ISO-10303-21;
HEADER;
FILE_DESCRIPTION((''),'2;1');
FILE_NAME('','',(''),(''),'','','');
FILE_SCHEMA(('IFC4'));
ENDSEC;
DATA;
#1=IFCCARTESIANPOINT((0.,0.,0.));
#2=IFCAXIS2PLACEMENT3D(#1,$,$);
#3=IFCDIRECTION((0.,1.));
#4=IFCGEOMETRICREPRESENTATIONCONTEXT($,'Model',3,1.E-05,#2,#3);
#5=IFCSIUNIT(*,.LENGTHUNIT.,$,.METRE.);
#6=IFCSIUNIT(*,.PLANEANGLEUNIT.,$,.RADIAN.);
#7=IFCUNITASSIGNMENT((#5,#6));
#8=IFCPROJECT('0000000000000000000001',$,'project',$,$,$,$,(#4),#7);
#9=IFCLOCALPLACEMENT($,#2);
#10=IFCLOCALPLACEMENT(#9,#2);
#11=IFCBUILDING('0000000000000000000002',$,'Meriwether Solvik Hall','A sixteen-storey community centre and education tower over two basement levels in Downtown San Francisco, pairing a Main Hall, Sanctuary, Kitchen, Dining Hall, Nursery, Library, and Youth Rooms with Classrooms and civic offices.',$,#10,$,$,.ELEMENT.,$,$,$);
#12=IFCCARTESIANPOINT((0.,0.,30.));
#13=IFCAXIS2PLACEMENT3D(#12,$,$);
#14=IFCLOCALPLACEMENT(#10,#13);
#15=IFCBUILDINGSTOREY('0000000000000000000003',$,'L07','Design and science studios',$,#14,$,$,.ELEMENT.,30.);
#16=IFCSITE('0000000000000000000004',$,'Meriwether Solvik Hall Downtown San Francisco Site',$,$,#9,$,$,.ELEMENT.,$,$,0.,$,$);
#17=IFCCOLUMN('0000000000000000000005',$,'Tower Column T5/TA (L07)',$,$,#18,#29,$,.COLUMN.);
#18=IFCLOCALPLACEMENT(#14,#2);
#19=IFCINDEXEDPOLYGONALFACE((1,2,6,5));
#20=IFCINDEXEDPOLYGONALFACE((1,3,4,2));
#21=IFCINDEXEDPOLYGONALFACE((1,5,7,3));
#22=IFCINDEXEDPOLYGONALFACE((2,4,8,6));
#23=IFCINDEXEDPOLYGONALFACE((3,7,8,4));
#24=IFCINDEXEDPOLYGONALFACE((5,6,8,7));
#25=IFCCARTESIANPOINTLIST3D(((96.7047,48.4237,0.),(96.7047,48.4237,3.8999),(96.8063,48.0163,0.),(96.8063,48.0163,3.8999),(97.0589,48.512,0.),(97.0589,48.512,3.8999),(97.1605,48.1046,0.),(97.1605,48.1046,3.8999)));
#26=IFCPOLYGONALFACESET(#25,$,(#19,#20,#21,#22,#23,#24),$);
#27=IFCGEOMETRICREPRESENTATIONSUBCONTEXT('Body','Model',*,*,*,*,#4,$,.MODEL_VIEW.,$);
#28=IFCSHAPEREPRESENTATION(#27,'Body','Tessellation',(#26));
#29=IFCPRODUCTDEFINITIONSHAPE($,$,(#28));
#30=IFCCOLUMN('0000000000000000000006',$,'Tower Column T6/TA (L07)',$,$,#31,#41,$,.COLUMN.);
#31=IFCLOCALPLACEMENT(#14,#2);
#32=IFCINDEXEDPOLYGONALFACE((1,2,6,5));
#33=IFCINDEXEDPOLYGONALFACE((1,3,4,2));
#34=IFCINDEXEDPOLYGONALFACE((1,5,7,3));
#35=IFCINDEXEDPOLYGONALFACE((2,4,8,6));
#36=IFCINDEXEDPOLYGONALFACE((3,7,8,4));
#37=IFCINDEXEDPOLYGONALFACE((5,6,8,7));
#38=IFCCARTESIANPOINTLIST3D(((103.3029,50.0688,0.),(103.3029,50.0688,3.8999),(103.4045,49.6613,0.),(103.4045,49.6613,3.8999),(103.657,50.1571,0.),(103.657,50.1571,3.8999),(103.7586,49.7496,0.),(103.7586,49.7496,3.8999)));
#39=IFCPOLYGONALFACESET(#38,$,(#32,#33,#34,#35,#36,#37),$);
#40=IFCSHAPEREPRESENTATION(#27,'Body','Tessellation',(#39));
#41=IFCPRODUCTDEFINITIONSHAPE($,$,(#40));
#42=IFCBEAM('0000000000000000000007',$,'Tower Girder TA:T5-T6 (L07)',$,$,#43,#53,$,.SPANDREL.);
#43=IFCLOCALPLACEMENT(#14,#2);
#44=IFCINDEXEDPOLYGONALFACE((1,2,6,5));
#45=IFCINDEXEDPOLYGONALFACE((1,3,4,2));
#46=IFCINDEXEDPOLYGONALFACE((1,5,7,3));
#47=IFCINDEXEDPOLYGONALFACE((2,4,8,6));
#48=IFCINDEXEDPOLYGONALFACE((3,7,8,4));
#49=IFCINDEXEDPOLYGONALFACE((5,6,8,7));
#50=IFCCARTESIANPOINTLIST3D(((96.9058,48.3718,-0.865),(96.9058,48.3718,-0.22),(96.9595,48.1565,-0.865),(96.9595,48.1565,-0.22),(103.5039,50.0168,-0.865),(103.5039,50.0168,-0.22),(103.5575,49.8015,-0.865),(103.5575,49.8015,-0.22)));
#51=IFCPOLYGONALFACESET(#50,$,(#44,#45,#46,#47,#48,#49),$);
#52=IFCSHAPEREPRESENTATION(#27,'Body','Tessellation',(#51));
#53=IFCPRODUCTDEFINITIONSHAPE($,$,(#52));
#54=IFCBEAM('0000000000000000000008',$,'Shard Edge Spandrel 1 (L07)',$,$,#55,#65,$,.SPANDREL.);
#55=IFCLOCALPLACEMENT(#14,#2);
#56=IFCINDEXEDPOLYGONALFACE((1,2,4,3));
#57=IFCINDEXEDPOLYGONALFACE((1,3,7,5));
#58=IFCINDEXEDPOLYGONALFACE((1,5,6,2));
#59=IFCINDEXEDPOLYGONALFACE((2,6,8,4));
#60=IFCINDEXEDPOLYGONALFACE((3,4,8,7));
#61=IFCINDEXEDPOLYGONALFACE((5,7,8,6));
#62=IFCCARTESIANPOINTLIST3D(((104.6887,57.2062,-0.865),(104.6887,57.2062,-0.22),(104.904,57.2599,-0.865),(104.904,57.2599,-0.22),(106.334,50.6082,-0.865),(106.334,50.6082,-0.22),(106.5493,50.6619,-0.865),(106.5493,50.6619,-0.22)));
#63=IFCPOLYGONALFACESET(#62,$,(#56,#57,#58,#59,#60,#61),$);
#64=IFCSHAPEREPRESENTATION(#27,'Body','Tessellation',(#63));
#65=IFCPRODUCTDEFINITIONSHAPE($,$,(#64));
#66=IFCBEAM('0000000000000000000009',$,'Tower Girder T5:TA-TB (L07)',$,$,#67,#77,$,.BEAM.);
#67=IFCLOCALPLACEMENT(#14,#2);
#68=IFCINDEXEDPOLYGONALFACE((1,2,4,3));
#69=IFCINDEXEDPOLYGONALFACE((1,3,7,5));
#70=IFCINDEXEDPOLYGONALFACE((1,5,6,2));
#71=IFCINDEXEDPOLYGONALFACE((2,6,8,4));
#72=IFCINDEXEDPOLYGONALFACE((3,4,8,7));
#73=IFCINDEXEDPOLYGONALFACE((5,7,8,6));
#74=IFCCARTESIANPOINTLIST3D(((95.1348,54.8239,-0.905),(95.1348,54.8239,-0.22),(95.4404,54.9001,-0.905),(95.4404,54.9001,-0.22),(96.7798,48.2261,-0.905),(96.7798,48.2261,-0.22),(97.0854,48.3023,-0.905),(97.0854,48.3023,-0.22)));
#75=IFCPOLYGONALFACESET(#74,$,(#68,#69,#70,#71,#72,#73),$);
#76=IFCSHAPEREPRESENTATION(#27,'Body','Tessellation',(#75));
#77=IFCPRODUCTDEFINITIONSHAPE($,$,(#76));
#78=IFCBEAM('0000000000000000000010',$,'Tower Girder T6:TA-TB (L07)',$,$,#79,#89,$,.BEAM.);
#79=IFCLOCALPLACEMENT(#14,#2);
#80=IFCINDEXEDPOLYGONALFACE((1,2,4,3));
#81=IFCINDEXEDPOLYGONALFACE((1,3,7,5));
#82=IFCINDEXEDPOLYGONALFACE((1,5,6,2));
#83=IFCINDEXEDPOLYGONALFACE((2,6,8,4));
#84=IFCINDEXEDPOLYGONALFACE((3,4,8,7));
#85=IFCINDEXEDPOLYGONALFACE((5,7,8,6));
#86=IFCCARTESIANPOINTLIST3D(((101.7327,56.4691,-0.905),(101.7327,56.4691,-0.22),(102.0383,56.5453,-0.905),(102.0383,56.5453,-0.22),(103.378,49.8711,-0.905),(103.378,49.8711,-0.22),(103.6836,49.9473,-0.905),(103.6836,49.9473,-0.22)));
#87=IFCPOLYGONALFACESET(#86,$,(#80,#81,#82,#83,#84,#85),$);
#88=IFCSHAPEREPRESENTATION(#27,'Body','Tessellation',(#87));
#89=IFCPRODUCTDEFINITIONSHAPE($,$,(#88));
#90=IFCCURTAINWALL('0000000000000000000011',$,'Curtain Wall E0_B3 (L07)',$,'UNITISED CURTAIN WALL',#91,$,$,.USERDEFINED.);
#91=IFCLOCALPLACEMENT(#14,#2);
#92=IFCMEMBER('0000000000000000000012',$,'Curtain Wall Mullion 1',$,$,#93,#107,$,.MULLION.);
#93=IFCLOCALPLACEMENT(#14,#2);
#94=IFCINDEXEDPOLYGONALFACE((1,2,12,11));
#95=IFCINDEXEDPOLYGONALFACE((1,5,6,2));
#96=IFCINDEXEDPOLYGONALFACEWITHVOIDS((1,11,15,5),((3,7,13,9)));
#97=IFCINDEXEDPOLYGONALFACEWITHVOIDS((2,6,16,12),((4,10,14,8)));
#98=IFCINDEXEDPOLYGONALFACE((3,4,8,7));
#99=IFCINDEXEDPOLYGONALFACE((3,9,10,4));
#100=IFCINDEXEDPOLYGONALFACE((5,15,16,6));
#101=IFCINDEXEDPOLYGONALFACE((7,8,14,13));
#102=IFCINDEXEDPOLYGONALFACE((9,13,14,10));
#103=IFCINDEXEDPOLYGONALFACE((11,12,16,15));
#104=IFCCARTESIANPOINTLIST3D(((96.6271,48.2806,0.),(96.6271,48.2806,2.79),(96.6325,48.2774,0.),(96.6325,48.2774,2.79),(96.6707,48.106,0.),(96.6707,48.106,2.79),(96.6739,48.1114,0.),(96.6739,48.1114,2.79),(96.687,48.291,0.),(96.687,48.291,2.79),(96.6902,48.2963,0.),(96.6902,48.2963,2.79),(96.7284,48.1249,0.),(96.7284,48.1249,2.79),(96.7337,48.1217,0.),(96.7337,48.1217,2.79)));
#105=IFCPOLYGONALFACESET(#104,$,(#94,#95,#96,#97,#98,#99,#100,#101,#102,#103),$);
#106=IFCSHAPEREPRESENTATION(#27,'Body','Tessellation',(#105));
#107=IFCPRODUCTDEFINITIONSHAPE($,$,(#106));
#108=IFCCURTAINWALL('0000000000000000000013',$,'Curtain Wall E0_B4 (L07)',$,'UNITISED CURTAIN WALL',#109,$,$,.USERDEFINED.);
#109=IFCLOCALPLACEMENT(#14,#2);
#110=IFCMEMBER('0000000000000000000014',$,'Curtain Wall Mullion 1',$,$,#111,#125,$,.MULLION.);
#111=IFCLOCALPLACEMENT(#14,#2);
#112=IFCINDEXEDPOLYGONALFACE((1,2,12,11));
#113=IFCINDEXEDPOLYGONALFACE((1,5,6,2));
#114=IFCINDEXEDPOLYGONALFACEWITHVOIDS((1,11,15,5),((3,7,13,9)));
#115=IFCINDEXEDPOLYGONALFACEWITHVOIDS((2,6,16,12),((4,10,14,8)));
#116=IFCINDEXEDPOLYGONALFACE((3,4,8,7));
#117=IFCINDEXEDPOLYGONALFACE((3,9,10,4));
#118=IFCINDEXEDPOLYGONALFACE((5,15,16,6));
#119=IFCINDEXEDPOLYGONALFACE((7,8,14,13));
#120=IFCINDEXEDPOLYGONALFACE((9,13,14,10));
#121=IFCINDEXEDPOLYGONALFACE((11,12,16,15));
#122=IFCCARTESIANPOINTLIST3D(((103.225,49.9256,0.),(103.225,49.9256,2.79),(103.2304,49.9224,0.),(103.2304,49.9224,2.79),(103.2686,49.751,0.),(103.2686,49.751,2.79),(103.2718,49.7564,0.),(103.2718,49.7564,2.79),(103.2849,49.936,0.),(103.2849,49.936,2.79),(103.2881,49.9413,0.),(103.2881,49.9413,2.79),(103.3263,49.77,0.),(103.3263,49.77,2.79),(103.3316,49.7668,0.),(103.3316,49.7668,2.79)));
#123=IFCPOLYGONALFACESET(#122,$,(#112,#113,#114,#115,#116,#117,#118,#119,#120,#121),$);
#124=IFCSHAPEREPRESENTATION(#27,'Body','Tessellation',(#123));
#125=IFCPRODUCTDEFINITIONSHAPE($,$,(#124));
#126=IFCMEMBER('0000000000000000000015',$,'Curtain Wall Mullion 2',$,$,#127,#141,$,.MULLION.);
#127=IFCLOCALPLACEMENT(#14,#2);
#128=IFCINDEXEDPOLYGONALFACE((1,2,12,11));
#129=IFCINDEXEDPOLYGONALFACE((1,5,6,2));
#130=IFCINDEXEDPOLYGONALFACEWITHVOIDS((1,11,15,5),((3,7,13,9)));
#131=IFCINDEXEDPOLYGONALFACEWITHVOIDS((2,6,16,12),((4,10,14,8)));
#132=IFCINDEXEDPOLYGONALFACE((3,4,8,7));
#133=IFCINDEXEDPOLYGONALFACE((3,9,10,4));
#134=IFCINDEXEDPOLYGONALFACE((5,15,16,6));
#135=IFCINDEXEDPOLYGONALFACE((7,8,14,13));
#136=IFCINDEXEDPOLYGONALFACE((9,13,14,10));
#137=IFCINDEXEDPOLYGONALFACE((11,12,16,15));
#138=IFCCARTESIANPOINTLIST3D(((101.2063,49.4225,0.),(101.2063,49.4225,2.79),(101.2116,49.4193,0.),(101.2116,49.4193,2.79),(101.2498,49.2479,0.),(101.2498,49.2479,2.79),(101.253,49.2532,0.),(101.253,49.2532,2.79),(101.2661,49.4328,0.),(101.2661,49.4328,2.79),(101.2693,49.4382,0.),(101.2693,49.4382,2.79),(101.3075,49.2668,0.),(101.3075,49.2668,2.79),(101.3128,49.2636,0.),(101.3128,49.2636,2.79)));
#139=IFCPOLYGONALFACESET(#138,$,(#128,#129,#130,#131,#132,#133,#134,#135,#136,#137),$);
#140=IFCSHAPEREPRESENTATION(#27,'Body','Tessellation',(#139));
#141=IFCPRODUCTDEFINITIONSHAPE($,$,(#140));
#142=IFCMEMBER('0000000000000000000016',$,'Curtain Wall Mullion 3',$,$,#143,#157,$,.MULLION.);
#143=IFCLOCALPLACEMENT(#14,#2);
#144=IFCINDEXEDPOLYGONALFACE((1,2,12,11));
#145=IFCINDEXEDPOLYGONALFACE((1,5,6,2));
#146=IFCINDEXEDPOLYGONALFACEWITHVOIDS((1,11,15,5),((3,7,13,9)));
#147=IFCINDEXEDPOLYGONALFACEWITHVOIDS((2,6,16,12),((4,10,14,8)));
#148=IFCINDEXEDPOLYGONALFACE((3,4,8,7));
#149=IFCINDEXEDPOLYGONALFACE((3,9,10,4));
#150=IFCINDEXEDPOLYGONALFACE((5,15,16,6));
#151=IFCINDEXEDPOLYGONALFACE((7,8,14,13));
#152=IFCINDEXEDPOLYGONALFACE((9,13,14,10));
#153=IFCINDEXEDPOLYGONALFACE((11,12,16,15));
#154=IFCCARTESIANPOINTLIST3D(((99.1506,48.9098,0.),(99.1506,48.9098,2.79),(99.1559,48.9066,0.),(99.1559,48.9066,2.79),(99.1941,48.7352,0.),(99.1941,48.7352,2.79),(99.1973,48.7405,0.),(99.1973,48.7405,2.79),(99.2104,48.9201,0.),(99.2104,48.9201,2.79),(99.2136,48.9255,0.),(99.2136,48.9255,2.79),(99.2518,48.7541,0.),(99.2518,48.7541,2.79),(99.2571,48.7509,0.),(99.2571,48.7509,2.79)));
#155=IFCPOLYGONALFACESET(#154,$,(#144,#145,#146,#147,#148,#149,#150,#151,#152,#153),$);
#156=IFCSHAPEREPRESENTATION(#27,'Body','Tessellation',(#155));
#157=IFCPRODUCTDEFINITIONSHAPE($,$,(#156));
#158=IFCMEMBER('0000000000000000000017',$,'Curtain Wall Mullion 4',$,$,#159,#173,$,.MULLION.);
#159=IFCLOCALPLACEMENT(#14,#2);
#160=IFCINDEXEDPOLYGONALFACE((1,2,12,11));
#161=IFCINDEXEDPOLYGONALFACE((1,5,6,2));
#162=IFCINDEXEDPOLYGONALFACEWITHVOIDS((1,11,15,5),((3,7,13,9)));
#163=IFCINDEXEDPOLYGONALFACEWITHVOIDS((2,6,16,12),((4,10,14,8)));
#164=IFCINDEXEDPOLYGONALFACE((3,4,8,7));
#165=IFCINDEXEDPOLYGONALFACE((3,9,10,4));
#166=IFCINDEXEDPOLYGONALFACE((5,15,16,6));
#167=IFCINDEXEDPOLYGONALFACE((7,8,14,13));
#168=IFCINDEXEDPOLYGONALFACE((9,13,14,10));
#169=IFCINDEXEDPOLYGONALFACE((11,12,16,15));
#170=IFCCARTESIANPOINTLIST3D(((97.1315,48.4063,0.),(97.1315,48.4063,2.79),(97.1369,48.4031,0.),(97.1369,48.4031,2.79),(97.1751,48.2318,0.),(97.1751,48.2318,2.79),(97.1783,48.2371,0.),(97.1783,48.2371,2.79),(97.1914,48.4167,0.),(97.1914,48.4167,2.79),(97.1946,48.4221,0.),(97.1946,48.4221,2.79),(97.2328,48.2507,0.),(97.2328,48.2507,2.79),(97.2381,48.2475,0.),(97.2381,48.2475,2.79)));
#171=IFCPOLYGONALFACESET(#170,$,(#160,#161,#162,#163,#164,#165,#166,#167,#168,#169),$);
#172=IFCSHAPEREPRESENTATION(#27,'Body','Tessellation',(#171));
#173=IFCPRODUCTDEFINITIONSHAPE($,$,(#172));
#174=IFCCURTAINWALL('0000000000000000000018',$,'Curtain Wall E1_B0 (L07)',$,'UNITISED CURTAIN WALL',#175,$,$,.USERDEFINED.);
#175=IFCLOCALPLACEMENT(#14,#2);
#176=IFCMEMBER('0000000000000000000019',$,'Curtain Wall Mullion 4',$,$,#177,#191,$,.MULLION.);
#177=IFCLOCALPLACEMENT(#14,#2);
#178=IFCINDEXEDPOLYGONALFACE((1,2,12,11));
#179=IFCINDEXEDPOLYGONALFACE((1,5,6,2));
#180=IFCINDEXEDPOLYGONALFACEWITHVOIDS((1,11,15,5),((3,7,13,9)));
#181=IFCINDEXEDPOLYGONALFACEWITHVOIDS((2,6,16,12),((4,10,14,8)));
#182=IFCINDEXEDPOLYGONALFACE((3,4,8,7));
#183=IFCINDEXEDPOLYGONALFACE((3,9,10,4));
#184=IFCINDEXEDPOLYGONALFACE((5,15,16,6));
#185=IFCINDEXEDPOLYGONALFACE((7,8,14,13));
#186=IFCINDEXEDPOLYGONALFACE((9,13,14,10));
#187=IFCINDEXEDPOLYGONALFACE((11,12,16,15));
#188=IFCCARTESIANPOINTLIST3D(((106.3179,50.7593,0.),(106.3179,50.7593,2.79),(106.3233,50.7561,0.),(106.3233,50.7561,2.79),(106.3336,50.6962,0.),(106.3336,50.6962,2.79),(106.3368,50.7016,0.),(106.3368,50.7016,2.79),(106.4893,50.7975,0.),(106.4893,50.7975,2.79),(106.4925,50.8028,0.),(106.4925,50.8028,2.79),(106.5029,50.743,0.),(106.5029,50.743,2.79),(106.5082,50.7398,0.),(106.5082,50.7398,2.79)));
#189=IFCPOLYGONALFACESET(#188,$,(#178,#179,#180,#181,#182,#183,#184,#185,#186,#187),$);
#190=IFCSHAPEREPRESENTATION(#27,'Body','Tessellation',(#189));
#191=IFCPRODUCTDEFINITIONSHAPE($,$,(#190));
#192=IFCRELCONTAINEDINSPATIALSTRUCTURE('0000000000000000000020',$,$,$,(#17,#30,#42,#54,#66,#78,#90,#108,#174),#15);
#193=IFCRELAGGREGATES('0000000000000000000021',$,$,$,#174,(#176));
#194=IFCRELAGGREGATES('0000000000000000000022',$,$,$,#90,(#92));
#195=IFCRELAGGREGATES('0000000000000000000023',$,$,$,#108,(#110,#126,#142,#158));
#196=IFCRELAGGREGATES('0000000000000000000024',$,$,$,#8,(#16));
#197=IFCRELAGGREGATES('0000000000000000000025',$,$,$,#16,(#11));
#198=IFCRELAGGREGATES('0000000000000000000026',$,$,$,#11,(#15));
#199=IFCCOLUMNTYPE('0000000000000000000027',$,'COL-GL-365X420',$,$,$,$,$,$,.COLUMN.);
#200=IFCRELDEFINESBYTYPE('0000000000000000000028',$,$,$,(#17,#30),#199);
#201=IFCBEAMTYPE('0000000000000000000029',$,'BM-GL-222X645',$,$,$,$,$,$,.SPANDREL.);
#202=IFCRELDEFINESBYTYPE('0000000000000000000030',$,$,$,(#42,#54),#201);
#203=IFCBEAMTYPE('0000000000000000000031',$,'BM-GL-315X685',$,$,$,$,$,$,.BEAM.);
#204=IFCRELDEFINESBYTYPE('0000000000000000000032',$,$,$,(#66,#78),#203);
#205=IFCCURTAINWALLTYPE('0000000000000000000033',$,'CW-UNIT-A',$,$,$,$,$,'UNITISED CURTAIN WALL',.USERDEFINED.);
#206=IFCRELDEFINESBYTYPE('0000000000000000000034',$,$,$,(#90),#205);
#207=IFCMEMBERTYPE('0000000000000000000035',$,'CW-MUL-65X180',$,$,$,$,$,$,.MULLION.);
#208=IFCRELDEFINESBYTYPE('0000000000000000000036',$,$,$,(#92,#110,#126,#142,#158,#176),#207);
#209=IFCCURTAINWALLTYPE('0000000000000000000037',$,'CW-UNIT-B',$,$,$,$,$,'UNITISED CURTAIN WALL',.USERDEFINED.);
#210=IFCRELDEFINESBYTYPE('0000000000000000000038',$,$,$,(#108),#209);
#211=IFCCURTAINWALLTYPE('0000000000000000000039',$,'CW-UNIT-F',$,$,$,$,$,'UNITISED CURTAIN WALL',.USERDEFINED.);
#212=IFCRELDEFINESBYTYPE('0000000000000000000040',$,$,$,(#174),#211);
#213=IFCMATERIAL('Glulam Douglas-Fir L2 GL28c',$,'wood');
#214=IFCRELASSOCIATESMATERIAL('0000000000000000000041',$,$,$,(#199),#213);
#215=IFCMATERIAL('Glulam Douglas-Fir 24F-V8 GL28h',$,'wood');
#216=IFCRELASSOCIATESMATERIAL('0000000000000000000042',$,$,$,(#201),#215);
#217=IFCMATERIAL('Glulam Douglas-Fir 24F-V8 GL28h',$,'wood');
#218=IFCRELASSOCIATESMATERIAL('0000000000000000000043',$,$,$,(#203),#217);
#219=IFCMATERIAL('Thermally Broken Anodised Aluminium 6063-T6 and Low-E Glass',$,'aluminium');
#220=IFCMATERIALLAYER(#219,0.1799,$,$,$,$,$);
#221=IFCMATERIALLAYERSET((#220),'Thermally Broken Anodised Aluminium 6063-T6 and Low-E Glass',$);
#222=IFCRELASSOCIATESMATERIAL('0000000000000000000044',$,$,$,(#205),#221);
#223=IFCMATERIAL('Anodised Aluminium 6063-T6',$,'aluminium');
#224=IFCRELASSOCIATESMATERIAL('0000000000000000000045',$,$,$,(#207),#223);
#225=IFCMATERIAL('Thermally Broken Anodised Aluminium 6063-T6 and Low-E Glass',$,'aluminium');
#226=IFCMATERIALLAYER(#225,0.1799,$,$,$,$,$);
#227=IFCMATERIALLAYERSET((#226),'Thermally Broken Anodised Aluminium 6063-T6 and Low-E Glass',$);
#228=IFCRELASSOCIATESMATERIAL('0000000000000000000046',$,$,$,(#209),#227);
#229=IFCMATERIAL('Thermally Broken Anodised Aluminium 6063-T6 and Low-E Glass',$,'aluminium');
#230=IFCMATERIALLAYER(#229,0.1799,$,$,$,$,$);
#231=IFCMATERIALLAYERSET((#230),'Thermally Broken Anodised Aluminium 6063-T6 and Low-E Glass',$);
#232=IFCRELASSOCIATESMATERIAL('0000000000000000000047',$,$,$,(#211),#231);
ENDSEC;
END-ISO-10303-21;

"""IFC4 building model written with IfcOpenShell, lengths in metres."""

from ifc_helpers import new_model, si_unit, direction, frame, origin, origin_2d, place, context, subcontext, project, spatial, rectangle, hollow_rectangle, extrude, material, layer, layer_set, material_profile, profile_set, type_object, element, aggregate, save


model = new_model("IFC4")

# Units and contexts
model_context = context("Model", 3, precision=1e-05, world=origin(), true_north=direction((0.0, 1.0)))
body_context = subcontext(model_context, "Body", "Model", "MODEL_VIEW")
ifc_project = project(units=[si_unit("LENGTHUNIT", "METRE"), si_unit("PLANEANGLEUNIT", "RADIAN")], contexts=[model_context])

# Site, building, storey
site_placement = place(None, origin())
site = spatial("IfcSite", under=ifc_project, at=site_placement, Name="Meriwether Solvik Hall Downtown San Francisco Site", CompositionType="ELEMENT", RefElevation=0.0)
building_placement = place(site_placement, origin())
building = spatial("IfcBuilding", under=site, at=building_placement, Name="Meriwether Solvik Hall", Description="A sixteen-storey community centre and education tower over two basement levels in Downtown San Francisco, pairing a Main Hall, Sanctuary, Kitchen, Dining Hall, Nursery, Library, and Youth Rooms with Classrooms and civic offices.", CompositionType="ELEMENT")
storey_placement = place(building_placement, frame((0.0, 0.0, 30.0)))
storey = spatial("IfcBuildingStorey", under=building, at=storey_placement, Name="L07", Description="Design and science studios", CompositionType="ELEMENT", Elevation=30.0)

# Columns
ifc_material_1 = material(Name="Glulam Douglas-Fir L2 GL28c", Category="wood")
ifc_material_profile_1 = material_profile(ifc_material_1, rectangle(XDim=0.365, YDim=0.4199, at=origin_2d()), Name="GLC-365X420")
ifc_profile_set_1 = profile_set([ifc_material_profile_1], Name="Glulam Douglas-Fir L2 GL28c")
column_type = type_object("IfcColumnType", Name="COL-GL-365X420", PredefinedType="COLUMN", material=ifc_profile_set_1)
for number, where, z_axis, x_axis, name in (
    (1, (96.9326, 48.2642, 0.0), (0.0, 0.0, 1.0), (0.970296, 0.241922, 0.0), "Tower Column T5/TA (L07)"),
    (2, (103.5308, 49.9092, 0.0), (0.0, 0.0, 1.0), (0.970296, 0.241922, 0.0), "Tower Column T6/TA (L07)"),
):
    element("IfcColumn", number, at=place(storey_placement, frame(where, z_axis=z_axis, x_axis=x_axis)), inside=storey, type_object=column_type, Name=name, PredefinedType="COLUMN", context=body_context, shape_type="SweptSolid", body=[
        extrude(rectangle(XDim=0.365, YDim=0.4199, at=origin_2d()), origin(), (0.0, 0.0, 1.0), 3.8999),
    ])

# Beams
ifc_material_2 = material(Name="Glulam Douglas-Fir 24F-V8 GL28h", Category="wood")
ifc_material_profile_2 = material_profile(ifc_material_2, rectangle(XDim=0.2219, YDim=0.645, at=origin_2d()), Name="GLB-222X645")
ifc_profile_set_2 = profile_set([ifc_material_profile_2], Name="Glulam Douglas-Fir 24F-V8 GL28h")
beam_type_1 = type_object("IfcBeamType", Name="BM-GL-222X645", PredefinedType="SPANDREL", material=ifc_profile_set_2)
for number, where, z_axis, x_axis, name in (
    (3, (96.9326, 48.2642, -0.5425), (0.970299, 0.24191, 0.0), (-0.24191, 0.970299, 0.0), "Tower Girder TA:T5-T6 (L07)"),
    (4, (106.4417, 50.635, -0.5425), (-0.241953, 0.970288, 0.0), (-0.970288, -0.241953, 0.0), "Shard Edge Spandrel 1 (L07)"),
):
    element("IfcBeam", number, at=place(storey_placement, frame(where, z_axis=z_axis, x_axis=x_axis)), inside=storey, type_object=beam_type_1, Name=name, PredefinedType="SPANDREL", context=body_context, shape_type="SweptSolid", body=[
        extrude(rectangle(XDim=0.2219, YDim=0.645, at=origin_2d()), origin(), (0.0, 0.0, 1.0), 6.8),
    ])
ifc_material_3 = material(Name="Glulam Douglas-Fir 24F-V8 GL28h", Category="wood")
ifc_material_profile_3 = material_profile(ifc_material_3, rectangle(XDim=0.3149, YDim=0.6851, at=origin_2d()), Name="GLB-315X685")
ifc_profile_set_3 = profile_set([ifc_material_profile_3], Name="Glulam Douglas-Fir 24F-V8 GL28h")
beam_type_2 = type_object("IfcBeamType", Name="BM-GL-315X685", PredefinedType="BEAM", material=ifc_profile_set_3)
beam_1_placement = place(storey_placement, frame((96.9326, 48.2642, -0.5625), z_axis=(-0.241919, 0.970296, 0.0), x_axis=(-0.970296, -0.241919, 0.0)))
element("IfcBeam", 5, at=beam_1_placement, inside=storey, type_object=beam_type_2, Name="Tower Girder T5:TA-TB (L07)", PredefinedType="BEAM", context=body_context, shape_type="SweptSolid", body=[
    extrude(rectangle(XDim=0.3149, YDim=0.6851, at=origin_2d()), origin(), (0.0, 0.0, 1.0), 6.7998),
])
beam_2_placement = place(storey_placement, frame((103.5308, 49.9092, -0.5625), z_axis=(-0.241953, 0.970288, 0.0), x_axis=(-0.970288, -0.241953, 0.0)))
element("IfcBeam", 6, at=beam_2_placement, inside=storey, type_object=beam_type_2, Name="Tower Girder T6:TA-TB (L07)", PredefinedType="BEAM", context=body_context, shape_type="SweptSolid", body=[
    extrude(rectangle(XDim=0.3149, YDim=0.6851, at=origin_2d()), origin(), (0.0, 0.0, 1.0), 6.8),
])

# Curtain wall, member
ifc_material_4 = material(Name="Thermally Broken Anodised Aluminium 6063-T6 and Low-E Glass", Category="aluminium")
ifc_layer_1 = layer(ifc_material_4, 0.1799)
ifc_layer_set_1 = layer_set([ifc_layer_1], Name="Thermally Broken Anodised Aluminium 6063-T6 and Low-E Glass")
curtain_wall_type_1 = type_object("IfcCurtainWallType", Name="CW-UNIT-A", ElementType="UNITISED CURTAIN WALL", PredefinedType="USERDEFINED", material=ifc_layer_set_1)
curtain_wall_1_placement = place(storey_placement, origin())
curtain_wall_1 = element("IfcCurtainWall", 7, at=curtain_wall_1_placement, inside=storey, type_object=curtain_wall_type_1, Name="Curtain Wall E0_B3 (L07)", ObjectType="UNITISED CURTAIN WALL", PredefinedType="USERDEFINED")
ifc_material_5 = material(Name="Anodised Aluminium 6063-T6", Category="aluminium")
ifc_material_profile_4 = material_profile(ifc_material_5, hollow_rectangle(XDim=0.0649, YDim=0.1799, WallThickness=0.0044, at=origin_2d()), Name="CWM-65X180")
ifc_profile_set_4 = profile_set([ifc_material_profile_4], Name="Anodised Aluminium 6063-T6")
member_type_1 = type_object("IfcMemberType", Name="CW-MUL-65X180", PredefinedType="MULLION", material=ifc_profile_set_4)
member_1_placement = place(storey_placement, frame((96.6804, 48.2012, 0.0), z_axis=(0.0, 0.0, 1.0), x_axis=(-0.970296, -0.241922, 0.0)))
member_1 = element("IfcMember", 8, at=member_1_placement, type_object=member_type_1, Name="Curtain Wall Mullion 1", PredefinedType="MULLION", context=body_context, shape_type="SweptSolid", body=[
    extrude(hollow_rectangle(XDim=0.0649, YDim=0.1799, WallThickness=0.0044, at=origin_2d()), origin(), (0.0, 0.0, 1.0), 2.79),
])

# Curtain wall, members
ifc_material_6 = material(Name="Thermally Broken Anodised Aluminium 6063-T6 and Low-E Glass", Category="aluminium")
ifc_layer_2 = layer(ifc_material_6, 0.1799)
ifc_layer_set_2 = layer_set([ifc_layer_2], Name="Thermally Broken Anodised Aluminium 6063-T6 and Low-E Glass")
curtain_wall_type_2 = type_object("IfcCurtainWallType", Name="CW-UNIT-B", ElementType="UNITISED CURTAIN WALL", PredefinedType="USERDEFINED", material=ifc_layer_set_2)
curtain_wall_2_placement = place(storey_placement, origin())
curtain_wall_2 = element("IfcCurtainWall", 9, at=curtain_wall_2_placement, inside=storey, type_object=curtain_wall_type_2, Name="Curtain Wall E0_B4 (L07)", ObjectType="UNITISED CURTAIN WALL", PredefinedType="USERDEFINED")
member_2_placement = place(storey_placement, frame((103.2783, 49.8462, 0.0), z_axis=(0.0, 0.0, 1.0), x_axis=(-0.970296, -0.241922, 0.0)))
member_2 = element("IfcMember", 10, at=member_2_placement, type_object=member_type_1, Name="Curtain Wall Mullion 1", PredefinedType="MULLION", context=body_context, shape_type="SweptSolid", body=[
    extrude(hollow_rectangle(XDim=0.0649, YDim=0.1799, WallThickness=0.0044, at=origin_2d()), origin(), (0.0, 0.0, 1.0), 2.79),
])
member_3_placement = place(storey_placement, frame((101.2595, 49.343, 0.0), z_axis=(0.0, 0.0, 1.0), x_axis=(-0.970296, -0.241922, 0.0)))
member_3 = element("IfcMember", 11, at=member_3_placement, type_object=member_type_1, Name="Curtain Wall Mullion 2", PredefinedType="MULLION", context=body_context, shape_type="SweptSolid", body=[
    extrude(hollow_rectangle(XDim=0.0649, YDim=0.1799, WallThickness=0.0044, at=origin_2d()), origin(), (0.0, 0.0, 1.0), 2.79),
])
member_4_placement = place(storey_placement, frame((99.2039, 48.8303, 0.0), z_axis=(0.0, 0.0, 1.0), x_axis=(-0.970296, -0.241922, 0.0)))
member_4 = element("IfcMember", 12, at=member_4_placement, type_object=member_type_1, Name="Curtain Wall Mullion 3", PredefinedType="MULLION", context=body_context, shape_type="SweptSolid", body=[
    extrude(hollow_rectangle(XDim=0.0649, YDim=0.1799, WallThickness=0.0044, at=origin_2d()), origin(), (0.0, 0.0, 1.0), 2.79),
])
member_5_placement = place(storey_placement, frame((97.1848, 48.3269, 0.0), z_axis=(0.0, 0.0, 1.0), x_axis=(-0.970296, -0.241922, 0.0)))
member_5 = element("IfcMember", 13, at=member_5_placement, type_object=member_type_1, Name="Curtain Wall Mullion 4", PredefinedType="MULLION", context=body_context, shape_type="SweptSolid", body=[
    extrude(hollow_rectangle(XDim=0.0649, YDim=0.1799, WallThickness=0.0044, at=origin_2d()), origin(), (0.0, 0.0, 1.0), 2.79),
])

# Curtain wall, member
ifc_material_7 = material(Name="Thermally Broken Anodised Aluminium 6063-T6 and Low-E Glass", Category="aluminium")
ifc_layer_3 = layer(ifc_material_7, 0.1799)
ifc_layer_set_3 = layer_set([ifc_layer_3], Name="Thermally Broken Anodised Aluminium 6063-T6 and Low-E Glass")
curtain_wall_type_3 = type_object("IfcCurtainWallType", Name="CW-UNIT-F", ElementType="UNITISED CURTAIN WALL", PredefinedType="USERDEFINED", material=ifc_layer_set_3)
curtain_wall_3_placement = place(storey_placement, origin())
curtain_wall_3 = element("IfcCurtainWall", 14, at=curtain_wall_3_placement, inside=storey, type_object=curtain_wall_type_3, Name="Curtain Wall E1_B0 (L07)", ObjectType="UNITISED CURTAIN WALL", PredefinedType="USERDEFINED")
member_6_placement = place(storey_placement, frame((106.4131, 50.7495, 0.0), z_axis=(0.0, 0.0, 1.0), x_axis=(0.241922, -0.970296, 0.0)))
member_6 = element("IfcMember", 15, at=member_6_placement, type_object=member_type_1, Name="Curtain Wall Mullion 4", PredefinedType="MULLION", context=body_context, shape_type="SweptSolid", body=[
    extrude(hollow_rectangle(XDim=0.0649, YDim=0.1799, WallThickness=0.0044, at=origin_2d()), origin(), (0.0, 0.0, 1.0), 2.79),
])
aggregate(curtain_wall_3, [member_6])

aggregate(curtain_wall_1, [member_1])

aggregate(curtain_wall_2, [member_2, member_3, member_4, member_5])

save(model, "model.ifc")
